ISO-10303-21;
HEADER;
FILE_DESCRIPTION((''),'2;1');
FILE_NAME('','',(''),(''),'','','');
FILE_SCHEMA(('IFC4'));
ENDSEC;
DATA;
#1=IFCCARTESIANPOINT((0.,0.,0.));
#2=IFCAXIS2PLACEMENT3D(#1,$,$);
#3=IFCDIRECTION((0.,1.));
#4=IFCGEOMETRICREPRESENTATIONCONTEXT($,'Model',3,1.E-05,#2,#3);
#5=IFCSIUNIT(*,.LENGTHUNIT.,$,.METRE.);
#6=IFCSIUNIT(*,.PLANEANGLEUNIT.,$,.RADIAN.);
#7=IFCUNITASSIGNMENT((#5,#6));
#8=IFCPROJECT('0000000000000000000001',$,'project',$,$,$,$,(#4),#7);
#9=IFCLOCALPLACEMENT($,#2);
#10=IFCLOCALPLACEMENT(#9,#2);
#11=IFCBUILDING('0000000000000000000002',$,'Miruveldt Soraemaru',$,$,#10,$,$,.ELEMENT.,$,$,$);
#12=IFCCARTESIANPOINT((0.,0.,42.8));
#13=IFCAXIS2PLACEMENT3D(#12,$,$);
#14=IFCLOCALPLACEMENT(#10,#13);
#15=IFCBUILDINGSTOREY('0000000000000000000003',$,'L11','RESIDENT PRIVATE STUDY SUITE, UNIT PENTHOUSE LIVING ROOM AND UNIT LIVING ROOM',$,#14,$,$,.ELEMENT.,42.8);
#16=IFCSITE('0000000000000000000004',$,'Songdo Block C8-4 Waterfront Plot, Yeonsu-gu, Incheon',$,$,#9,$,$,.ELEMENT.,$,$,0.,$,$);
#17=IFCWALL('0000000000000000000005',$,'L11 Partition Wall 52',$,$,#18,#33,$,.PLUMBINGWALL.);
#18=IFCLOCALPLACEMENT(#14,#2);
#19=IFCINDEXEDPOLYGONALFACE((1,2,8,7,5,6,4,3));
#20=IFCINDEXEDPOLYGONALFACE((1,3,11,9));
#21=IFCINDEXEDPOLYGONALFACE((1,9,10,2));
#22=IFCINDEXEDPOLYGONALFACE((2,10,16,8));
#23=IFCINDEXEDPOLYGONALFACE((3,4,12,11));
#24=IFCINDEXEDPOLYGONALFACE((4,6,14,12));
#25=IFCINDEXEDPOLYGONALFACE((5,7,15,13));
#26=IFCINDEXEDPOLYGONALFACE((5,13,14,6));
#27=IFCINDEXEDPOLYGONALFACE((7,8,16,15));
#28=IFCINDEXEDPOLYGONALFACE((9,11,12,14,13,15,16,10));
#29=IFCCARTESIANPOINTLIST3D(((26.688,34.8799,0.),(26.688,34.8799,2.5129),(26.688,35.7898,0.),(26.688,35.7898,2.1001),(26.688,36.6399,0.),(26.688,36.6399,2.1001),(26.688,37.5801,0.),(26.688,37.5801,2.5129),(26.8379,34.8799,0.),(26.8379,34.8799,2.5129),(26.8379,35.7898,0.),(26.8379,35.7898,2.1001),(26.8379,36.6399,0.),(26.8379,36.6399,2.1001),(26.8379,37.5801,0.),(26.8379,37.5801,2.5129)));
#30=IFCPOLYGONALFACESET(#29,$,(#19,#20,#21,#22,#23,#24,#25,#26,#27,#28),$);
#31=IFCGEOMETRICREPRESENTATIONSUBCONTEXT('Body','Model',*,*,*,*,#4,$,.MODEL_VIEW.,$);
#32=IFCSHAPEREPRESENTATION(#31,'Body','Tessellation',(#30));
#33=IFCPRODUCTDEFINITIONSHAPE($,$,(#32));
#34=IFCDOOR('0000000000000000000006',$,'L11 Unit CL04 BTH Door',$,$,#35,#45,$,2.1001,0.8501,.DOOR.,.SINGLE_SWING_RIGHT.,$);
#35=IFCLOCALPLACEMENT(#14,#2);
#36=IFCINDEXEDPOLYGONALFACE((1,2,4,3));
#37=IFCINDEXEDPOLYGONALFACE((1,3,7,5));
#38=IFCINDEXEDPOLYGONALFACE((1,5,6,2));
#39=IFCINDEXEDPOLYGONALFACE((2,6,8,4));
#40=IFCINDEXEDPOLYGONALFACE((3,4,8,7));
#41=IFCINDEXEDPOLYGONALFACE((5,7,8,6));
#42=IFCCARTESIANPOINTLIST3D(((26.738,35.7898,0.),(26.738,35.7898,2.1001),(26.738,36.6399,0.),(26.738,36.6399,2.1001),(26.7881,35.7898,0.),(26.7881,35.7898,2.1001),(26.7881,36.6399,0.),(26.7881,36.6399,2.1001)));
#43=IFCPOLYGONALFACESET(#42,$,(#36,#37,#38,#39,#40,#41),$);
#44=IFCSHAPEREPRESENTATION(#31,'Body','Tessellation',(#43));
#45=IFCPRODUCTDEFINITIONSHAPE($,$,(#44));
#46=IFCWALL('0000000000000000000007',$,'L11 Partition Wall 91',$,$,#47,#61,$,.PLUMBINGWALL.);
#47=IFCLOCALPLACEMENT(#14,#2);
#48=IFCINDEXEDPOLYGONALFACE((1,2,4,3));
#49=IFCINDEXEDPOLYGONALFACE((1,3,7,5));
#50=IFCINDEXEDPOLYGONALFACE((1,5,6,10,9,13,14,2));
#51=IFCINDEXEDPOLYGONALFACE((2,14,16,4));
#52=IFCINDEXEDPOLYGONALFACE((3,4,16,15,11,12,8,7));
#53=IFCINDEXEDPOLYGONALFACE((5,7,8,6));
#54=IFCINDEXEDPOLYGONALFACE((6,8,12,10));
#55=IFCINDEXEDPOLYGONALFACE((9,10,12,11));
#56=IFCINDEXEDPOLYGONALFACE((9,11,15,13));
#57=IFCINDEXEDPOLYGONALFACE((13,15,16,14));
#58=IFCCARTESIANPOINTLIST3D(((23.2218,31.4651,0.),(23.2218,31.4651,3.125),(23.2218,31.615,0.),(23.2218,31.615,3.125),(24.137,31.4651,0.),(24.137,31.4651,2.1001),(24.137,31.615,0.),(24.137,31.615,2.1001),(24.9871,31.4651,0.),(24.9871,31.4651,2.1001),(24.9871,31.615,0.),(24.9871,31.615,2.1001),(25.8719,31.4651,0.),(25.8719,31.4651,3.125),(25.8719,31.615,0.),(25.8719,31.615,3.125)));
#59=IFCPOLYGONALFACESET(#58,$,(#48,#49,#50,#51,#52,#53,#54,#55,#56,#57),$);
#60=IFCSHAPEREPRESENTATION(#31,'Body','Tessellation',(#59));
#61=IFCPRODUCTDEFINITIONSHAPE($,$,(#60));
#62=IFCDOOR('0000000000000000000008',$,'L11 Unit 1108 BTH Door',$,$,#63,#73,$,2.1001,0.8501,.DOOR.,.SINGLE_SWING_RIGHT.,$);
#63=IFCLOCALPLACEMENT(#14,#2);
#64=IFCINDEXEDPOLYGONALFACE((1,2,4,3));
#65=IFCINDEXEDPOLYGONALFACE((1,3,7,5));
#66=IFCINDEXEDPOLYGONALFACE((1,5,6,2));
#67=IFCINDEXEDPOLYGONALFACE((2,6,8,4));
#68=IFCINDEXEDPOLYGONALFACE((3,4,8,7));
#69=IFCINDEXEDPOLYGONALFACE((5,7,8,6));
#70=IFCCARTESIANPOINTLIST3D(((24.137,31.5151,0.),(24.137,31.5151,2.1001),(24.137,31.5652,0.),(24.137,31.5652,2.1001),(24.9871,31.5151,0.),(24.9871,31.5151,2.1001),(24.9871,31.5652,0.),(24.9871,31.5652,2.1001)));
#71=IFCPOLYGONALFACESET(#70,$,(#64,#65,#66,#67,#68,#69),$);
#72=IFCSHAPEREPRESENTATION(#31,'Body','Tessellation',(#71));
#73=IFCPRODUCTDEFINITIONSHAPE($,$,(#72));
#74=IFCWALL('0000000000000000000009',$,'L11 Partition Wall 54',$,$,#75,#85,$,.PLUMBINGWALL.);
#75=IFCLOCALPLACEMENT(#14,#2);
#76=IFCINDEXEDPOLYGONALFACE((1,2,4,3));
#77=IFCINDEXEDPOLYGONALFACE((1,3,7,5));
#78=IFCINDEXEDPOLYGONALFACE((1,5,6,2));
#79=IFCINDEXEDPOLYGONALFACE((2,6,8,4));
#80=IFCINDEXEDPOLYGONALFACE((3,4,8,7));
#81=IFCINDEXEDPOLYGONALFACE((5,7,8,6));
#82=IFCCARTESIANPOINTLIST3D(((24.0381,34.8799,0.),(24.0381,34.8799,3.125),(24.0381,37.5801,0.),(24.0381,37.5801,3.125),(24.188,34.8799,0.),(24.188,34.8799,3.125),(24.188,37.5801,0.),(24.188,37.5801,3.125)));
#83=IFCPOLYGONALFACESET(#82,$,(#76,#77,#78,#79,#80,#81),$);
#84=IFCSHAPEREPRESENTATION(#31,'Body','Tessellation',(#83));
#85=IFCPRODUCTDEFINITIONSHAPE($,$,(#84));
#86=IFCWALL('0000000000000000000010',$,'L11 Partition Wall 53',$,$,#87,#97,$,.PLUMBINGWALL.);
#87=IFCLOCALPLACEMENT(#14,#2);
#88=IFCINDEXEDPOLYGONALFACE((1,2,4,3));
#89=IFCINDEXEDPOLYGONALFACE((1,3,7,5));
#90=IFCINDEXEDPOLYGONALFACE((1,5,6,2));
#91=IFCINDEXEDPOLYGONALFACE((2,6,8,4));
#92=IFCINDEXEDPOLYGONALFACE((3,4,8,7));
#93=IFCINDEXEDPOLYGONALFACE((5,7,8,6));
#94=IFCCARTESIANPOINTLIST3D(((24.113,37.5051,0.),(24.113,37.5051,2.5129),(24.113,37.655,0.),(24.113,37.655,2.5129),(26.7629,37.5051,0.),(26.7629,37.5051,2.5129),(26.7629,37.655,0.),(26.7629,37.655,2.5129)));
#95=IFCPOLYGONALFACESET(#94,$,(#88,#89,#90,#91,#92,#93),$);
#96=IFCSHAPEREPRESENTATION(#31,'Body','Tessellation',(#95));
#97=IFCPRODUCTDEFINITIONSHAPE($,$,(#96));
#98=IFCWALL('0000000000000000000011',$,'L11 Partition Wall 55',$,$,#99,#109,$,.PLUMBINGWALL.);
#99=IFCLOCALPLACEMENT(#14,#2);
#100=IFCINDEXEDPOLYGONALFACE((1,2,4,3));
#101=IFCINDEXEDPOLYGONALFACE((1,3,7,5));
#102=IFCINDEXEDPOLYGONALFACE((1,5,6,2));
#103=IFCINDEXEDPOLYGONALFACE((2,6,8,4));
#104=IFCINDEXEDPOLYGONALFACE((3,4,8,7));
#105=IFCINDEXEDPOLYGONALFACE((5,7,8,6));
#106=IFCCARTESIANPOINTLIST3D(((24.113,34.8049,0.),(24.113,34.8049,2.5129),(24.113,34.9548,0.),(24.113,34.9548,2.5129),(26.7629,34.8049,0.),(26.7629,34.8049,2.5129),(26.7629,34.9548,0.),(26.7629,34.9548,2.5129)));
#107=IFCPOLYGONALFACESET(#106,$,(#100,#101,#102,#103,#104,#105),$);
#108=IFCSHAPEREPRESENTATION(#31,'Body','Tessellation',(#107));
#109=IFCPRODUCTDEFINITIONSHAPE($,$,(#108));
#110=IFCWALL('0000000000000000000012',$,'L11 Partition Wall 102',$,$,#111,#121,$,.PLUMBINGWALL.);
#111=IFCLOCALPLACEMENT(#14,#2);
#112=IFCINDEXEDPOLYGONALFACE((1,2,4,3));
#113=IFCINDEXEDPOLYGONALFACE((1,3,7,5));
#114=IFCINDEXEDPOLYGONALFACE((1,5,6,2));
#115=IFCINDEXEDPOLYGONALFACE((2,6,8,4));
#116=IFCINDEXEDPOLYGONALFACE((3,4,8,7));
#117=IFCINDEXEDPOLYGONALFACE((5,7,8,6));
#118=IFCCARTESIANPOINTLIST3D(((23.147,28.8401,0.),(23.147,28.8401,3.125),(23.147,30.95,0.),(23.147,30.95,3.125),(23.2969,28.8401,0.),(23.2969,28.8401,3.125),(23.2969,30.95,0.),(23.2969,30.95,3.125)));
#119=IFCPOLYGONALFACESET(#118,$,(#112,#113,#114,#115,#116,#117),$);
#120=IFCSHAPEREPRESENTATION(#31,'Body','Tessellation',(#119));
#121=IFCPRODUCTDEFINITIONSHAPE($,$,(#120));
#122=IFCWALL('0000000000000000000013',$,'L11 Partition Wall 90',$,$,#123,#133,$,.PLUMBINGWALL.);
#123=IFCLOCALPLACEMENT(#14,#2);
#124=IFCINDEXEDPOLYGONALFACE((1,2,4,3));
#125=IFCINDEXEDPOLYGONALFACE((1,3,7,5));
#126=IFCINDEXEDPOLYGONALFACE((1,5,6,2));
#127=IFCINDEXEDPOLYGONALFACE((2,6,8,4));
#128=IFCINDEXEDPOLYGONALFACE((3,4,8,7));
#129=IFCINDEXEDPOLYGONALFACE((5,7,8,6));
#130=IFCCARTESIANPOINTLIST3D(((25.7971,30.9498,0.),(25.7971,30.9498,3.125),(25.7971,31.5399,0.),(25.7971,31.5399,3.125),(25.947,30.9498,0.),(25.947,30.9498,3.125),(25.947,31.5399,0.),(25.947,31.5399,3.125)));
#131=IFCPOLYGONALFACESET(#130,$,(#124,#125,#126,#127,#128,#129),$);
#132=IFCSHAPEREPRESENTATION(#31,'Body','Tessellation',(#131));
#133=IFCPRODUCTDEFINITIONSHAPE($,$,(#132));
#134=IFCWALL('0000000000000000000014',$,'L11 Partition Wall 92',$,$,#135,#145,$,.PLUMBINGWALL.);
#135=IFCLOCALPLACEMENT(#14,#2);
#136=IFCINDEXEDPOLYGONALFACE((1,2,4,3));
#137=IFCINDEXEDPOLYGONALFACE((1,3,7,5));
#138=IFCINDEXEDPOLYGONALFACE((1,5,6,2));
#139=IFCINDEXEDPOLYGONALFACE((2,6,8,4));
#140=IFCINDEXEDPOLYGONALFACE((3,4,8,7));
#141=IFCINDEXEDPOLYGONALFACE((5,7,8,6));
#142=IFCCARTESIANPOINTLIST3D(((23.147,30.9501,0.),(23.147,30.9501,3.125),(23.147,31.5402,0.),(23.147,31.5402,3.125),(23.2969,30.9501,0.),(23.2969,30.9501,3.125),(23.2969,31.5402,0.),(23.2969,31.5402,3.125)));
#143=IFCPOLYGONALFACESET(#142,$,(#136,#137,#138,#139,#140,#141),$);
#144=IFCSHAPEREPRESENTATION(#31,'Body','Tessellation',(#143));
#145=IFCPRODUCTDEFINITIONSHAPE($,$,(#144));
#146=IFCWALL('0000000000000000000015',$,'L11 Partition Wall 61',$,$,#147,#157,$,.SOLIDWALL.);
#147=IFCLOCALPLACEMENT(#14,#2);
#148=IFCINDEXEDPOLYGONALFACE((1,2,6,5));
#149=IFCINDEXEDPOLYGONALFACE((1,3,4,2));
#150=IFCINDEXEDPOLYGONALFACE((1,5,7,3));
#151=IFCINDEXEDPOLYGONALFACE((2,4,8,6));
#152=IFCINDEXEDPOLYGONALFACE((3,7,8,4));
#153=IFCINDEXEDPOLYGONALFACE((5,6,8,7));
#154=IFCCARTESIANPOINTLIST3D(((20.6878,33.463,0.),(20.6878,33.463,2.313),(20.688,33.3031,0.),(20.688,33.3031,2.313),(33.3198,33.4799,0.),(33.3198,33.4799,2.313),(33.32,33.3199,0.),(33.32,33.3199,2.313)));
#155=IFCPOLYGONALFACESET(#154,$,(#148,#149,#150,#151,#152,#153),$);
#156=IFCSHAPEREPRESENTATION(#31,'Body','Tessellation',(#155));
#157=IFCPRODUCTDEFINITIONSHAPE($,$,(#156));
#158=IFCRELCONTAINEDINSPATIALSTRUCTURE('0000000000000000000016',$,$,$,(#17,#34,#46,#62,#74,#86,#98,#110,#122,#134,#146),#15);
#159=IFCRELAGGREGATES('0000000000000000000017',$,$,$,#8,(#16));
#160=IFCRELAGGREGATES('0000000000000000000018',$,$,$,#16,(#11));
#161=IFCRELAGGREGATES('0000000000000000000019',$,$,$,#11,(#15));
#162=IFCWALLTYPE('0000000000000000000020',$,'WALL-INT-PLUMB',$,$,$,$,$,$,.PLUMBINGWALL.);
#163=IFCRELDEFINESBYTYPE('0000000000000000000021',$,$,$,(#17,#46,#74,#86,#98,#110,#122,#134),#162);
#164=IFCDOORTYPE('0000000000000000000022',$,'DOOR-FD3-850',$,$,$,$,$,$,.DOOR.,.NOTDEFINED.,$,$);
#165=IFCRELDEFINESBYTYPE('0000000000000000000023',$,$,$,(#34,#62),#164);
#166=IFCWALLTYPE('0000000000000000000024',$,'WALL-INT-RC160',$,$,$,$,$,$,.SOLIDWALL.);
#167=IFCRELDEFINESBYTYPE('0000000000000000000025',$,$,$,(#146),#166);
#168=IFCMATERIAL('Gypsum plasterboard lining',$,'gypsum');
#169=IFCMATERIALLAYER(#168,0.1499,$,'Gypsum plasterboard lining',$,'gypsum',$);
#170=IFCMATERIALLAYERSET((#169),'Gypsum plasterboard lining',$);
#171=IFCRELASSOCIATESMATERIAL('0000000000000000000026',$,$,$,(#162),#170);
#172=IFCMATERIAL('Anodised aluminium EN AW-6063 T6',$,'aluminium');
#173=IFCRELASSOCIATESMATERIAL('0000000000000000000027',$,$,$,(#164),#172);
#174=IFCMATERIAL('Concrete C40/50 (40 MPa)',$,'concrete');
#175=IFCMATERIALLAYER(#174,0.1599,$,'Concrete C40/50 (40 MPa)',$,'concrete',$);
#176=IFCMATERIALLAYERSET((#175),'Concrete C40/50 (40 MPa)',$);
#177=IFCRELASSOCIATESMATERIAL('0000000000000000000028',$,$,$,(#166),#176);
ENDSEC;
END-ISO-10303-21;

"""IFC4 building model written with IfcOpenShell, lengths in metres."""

from ifc_helpers import new_model, si_unit, direction, frame, frame_2d, origin, place, context, subcontext, project, spatial, rectangle, extrude, material, layer, layer_set, type_object, element, fill, save


model = new_model("IFC4")

# Units and contexts
model_context = context("Model", 3, precision=1e-05, world=origin(), true_north=direction((0.0, 1.0)))
body_context = subcontext(model_context, "Body", "Model", "MODEL_VIEW")
ifc_project = project(units=[si_unit("LENGTHUNIT", "METRE"), si_unit("PLANEANGLEUNIT", "RADIAN")], contexts=[model_context])

# Site, building, storey
site_placement = place(None, origin())
site = spatial("IfcSite", under=ifc_project, at=site_placement, Name="Songdo Block C8-4 Waterfront Plot, Yeonsu-gu, Incheon", CompositionType="ELEMENT", RefElevation=0.0)
building_placement = place(site_placement, origin())
building = spatial("IfcBuilding", under=site, at=building_placement, Name="Miruveldt Soraemaru", CompositionType="ELEMENT")
storey_placement = place(building_placement, frame((0.0, 0.0, 42.8)))
storey = spatial("IfcBuildingStorey", under=building, at=storey_placement, Name="L11", Description="RESIDENT PRIVATE STUDY SUITE, UNIT PENTHOUSE LIVING ROOM AND UNIT LIVING ROOM", CompositionType="ELEMENT", Elevation=42.8)

# Shared definitions
ifc_material_1 = material(Name="Anodised aluminium EN AW-6063 T6", Category="aluminium")

# Shared definitions
ifc_material_2 = material(Name="Gypsum plasterboard lining", Category="gypsum")

# Walls, openings, doors
ifc_layer_1 = layer(ifc_material_2, 0.1499, Name="Gypsum plasterboard lining", Category="gypsum")
ifc_layer_set_1 = layer_set([ifc_layer_1], Name="Gypsum plasterboard lining")
wall_type_1 = type_object("IfcWallType", Name="WALL-INT-PLUMB", PredefinedType="PLUMBINGWALL", material=ifc_layer_set_1)
wall_1_placement = place(storey_placement, frame((26.7629, 34.8799, 0.0), z_axis=(0.0, 0.0, 1.0), x_axis=(0.0, 1.0, 0.0)))
wall_1 = element("IfcWall", 1, at=wall_1_placement, inside=storey, type_object=wall_type_1, Name="L11 Partition Wall 52", PredefinedType="PLUMBINGWALL", context=body_context, shape_type="SweptSolid", body=[
    extrude(rectangle(XDim=2.7002, YDim=0.1499, at=frame_2d((1.3501, 0.0))), origin(), (0.0, 0.0, 1.0), 2.5129),
])
opening_1_placement = place(wall_1_placement, frame((0.9099, 0.0, 0.0)))
opening_1 = element("IfcOpeningElement", 2, at=opening_1_placement, cuts=wall_1, PredefinedType="OPENING", context=body_context, shape_type="SweptSolid", body=[
    extrude(rectangle(XDim=0.8501, YDim=2.1001, at=frame_2d((0.425, 1.05))), frame((0.0, 0.085, 0.0), z_axis=(0.0, -1.0, 0.0), x_axis=(1.0, 0.0, 0.0)), (0.0, 0.0, 1.0), 0.1699),
])
door_type_1 = type_object("IfcDoorType", Name="DOOR-FD3-850", OperationType="NOTDEFINED", PredefinedType="DOOR", material=ifc_material_1)
door_1_placement = place(opening_1_placement, origin())
door_1 = element("IfcDoor", 3, at=door_1_placement, inside=storey, type_object=door_type_1, Name="L11 Unit CL04 BTH Door", OperationType="SINGLE_SWING_RIGHT", OverallHeight=2.1001, OverallWidth=0.8501, PredefinedType="DOOR", context=body_context, shape_type="SweptSolid", body=[
    extrude(rectangle(XDim=0.8501, YDim=2.1001, at=frame_2d((0.425, 1.05))), frame((0.0, 0.0249, 0.0), z_axis=(0.0, -1.0, 0.0), x_axis=(1.0, 0.0, 0.0)), (0.0, 0.0, 1.0), 0.05),
])
fill(opening_1, door_1)
wall_2_placement = place(storey_placement, frame((25.8721, 31.54, 0.0), z_axis=(0.0, 0.0, 1.0), x_axis=(-1.0, 0.0, 0.0)))
wall_2 = element("IfcWall", 4, at=wall_2_placement, inside=storey, type_object=wall_type_1, Name="L11 Partition Wall 91", PredefinedType="PLUMBINGWALL", context=body_context, shape_type="SweptSolid", body=[
    extrude(rectangle(XDim=2.6501, YDim=0.1499, at=frame_2d((1.3252, 0.0))), origin(), (0.0, 0.0, 1.0), 3.125),
])
opening_2_placement = place(wall_2_placement, frame((0.885, 0.0, 0.0)))
opening_2 = element("IfcOpeningElement", 5, at=opening_2_placement, cuts=wall_2, PredefinedType="OPENING", context=body_context, shape_type="SweptSolid", body=[
    extrude(rectangle(XDim=0.8501, YDim=2.1001, at=frame_2d((0.425, 1.05))), frame((0.0, 0.085, 0.0), z_axis=(0.0, -1.0, 0.0), x_axis=(1.0, 0.0, 0.0)), (0.0, 0.0, 1.0), 0.1699),
])
door_2_placement = place(opening_2_placement, origin())
door_2 = element("IfcDoor", 6, at=door_2_placement, inside=storey, type_object=door_type_1, Name="L11 Unit 1108 BTH Door", OperationType="SINGLE_SWING_RIGHT", OverallHeight=2.1001, OverallWidth=0.8501, PredefinedType="DOOR", context=body_context, shape_type="SweptSolid", body=[
    extrude(rectangle(XDim=0.8501, YDim=2.1001, at=frame_2d((0.425, 1.05))), frame((0.0, 0.0249, 0.0), z_axis=(0.0, -1.0, 0.0), x_axis=(1.0, 0.0, 0.0)), (0.0, 0.0, 1.0), 0.05),
])
fill(opening_2, door_2)

# Walls
wall_3_placement = place(storey_placement, frame((24.113, 37.5801, 0.0), z_axis=(0.0, 0.0, 1.0), x_axis=(0.0, -1.0, 0.0)))
element("IfcWall", 7, at=wall_3_placement, inside=storey, type_object=wall_type_1, Name="L11 Partition Wall 54", PredefinedType="PLUMBINGWALL", context=body_context, shape_type="SweptSolid", body=[
    extrude(rectangle(XDim=2.7002, YDim=0.1499, at=frame_2d((1.3501, 0.0))), origin(), (0.0, 0.0, 1.0), 3.125),
])
for number, where, z_axis, x_axis, name in (
    (8, (26.7629, 37.5801, 0.0), (0.0, 0.0, 1.0), (-1.0, 0.0, 0.0), "L11 Partition Wall 53"),
    (9, (24.113, 34.8799, 0.0), (0.0, 0.0, 1.0), (1.0, 0.0, 0.0), "L11 Partition Wall 55"),
):
    element("IfcWall", number, at=place(storey_placement, frame(where, z_axis=z_axis, x_axis=x_axis)), inside=storey, type_object=wall_type_1, Name=name, PredefinedType="PLUMBINGWALL", context=body_context, shape_type="SweptSolid", body=[
        extrude(rectangle(XDim=2.6499, YDim=0.1499, at=frame_2d((1.325, 0.0))), origin(), (0.0, 0.0, 1.0), 2.5129),
    ])
wall_4_placement = place(storey_placement, frame((23.2219, 30.95, 0.0), z_axis=(0.0, 0.0, 1.0), x_axis=(0.0, -1.0, 0.0)))
element("IfcWall", 10, at=wall_4_placement, inside=storey, type_object=wall_type_1, Name="L11 Partition Wall 102", PredefinedType="PLUMBINGWALL", context=body_context, shape_type="SweptSolid", body=[
    extrude(rectangle(XDim=2.1099, YDim=0.1499, at=frame_2d((1.0549, 0.0))), origin(), (0.0, 0.0, 1.0), 3.125),
])
for number, where, z_axis, x_axis, name in (
    (11, (25.8721, 30.95, 0.0), (0.0, 0.0, 1.0), (0.0, 1.0, 0.0), "L11 Partition Wall 90"),
    (12, (23.2219, 31.54, 0.0), (0.0, 0.0, 1.0), (0.0, -1.0, 0.0), "L11 Partition Wall 92"),
):
    element("IfcWall", number, at=place(storey_placement, frame(where, z_axis=z_axis, x_axis=x_axis)), inside=storey, type_object=wall_type_1, Name=name, PredefinedType="PLUMBINGWALL", context=body_context, shape_type="SweptSolid", body=[
        extrude(rectangle(XDim=0.5901, YDim=0.1499, at=frame_2d((0.2949, 0.0))), origin(), (0.0, 0.0, 1.0), 3.125),
    ])
ifc_material_3 = material(Name="Concrete C40/50 (40 MPa)", Category="concrete")
ifc_layer_2 = layer(ifc_material_3, 0.1599, Name="Concrete C40/50 (40 MPa)", Category="concrete")
ifc_layer_set_2 = layer_set([ifc_layer_2], Name="Concrete C40/50 (40 MPa)")
wall_type_2 = type_object("IfcWallType", Name="WALL-INT-RC160", PredefinedType="SOLIDWALL", material=ifc_layer_set_2)
wall_5_placement = place(storey_placement, frame((20.688, 33.3831, 0.0), z_axis=(0.0, 0.0, 1.0), x_axis=(0.999999, 0.001334, 0.0)))
element("IfcWall", 13, at=wall_5_placement, inside=storey, type_object=wall_type_2, Name="L11 Partition Wall 61", PredefinedType="SOLIDWALL", context=body_context, shape_type="SweptSolid", body=[
    extrude(rectangle(XDim=12.6321, YDim=0.1599, at=frame_2d((6.3159, 0.0))), origin(), (0.0, 0.0, 1.0), 2.313),
])

save(model, "model.ifc")
